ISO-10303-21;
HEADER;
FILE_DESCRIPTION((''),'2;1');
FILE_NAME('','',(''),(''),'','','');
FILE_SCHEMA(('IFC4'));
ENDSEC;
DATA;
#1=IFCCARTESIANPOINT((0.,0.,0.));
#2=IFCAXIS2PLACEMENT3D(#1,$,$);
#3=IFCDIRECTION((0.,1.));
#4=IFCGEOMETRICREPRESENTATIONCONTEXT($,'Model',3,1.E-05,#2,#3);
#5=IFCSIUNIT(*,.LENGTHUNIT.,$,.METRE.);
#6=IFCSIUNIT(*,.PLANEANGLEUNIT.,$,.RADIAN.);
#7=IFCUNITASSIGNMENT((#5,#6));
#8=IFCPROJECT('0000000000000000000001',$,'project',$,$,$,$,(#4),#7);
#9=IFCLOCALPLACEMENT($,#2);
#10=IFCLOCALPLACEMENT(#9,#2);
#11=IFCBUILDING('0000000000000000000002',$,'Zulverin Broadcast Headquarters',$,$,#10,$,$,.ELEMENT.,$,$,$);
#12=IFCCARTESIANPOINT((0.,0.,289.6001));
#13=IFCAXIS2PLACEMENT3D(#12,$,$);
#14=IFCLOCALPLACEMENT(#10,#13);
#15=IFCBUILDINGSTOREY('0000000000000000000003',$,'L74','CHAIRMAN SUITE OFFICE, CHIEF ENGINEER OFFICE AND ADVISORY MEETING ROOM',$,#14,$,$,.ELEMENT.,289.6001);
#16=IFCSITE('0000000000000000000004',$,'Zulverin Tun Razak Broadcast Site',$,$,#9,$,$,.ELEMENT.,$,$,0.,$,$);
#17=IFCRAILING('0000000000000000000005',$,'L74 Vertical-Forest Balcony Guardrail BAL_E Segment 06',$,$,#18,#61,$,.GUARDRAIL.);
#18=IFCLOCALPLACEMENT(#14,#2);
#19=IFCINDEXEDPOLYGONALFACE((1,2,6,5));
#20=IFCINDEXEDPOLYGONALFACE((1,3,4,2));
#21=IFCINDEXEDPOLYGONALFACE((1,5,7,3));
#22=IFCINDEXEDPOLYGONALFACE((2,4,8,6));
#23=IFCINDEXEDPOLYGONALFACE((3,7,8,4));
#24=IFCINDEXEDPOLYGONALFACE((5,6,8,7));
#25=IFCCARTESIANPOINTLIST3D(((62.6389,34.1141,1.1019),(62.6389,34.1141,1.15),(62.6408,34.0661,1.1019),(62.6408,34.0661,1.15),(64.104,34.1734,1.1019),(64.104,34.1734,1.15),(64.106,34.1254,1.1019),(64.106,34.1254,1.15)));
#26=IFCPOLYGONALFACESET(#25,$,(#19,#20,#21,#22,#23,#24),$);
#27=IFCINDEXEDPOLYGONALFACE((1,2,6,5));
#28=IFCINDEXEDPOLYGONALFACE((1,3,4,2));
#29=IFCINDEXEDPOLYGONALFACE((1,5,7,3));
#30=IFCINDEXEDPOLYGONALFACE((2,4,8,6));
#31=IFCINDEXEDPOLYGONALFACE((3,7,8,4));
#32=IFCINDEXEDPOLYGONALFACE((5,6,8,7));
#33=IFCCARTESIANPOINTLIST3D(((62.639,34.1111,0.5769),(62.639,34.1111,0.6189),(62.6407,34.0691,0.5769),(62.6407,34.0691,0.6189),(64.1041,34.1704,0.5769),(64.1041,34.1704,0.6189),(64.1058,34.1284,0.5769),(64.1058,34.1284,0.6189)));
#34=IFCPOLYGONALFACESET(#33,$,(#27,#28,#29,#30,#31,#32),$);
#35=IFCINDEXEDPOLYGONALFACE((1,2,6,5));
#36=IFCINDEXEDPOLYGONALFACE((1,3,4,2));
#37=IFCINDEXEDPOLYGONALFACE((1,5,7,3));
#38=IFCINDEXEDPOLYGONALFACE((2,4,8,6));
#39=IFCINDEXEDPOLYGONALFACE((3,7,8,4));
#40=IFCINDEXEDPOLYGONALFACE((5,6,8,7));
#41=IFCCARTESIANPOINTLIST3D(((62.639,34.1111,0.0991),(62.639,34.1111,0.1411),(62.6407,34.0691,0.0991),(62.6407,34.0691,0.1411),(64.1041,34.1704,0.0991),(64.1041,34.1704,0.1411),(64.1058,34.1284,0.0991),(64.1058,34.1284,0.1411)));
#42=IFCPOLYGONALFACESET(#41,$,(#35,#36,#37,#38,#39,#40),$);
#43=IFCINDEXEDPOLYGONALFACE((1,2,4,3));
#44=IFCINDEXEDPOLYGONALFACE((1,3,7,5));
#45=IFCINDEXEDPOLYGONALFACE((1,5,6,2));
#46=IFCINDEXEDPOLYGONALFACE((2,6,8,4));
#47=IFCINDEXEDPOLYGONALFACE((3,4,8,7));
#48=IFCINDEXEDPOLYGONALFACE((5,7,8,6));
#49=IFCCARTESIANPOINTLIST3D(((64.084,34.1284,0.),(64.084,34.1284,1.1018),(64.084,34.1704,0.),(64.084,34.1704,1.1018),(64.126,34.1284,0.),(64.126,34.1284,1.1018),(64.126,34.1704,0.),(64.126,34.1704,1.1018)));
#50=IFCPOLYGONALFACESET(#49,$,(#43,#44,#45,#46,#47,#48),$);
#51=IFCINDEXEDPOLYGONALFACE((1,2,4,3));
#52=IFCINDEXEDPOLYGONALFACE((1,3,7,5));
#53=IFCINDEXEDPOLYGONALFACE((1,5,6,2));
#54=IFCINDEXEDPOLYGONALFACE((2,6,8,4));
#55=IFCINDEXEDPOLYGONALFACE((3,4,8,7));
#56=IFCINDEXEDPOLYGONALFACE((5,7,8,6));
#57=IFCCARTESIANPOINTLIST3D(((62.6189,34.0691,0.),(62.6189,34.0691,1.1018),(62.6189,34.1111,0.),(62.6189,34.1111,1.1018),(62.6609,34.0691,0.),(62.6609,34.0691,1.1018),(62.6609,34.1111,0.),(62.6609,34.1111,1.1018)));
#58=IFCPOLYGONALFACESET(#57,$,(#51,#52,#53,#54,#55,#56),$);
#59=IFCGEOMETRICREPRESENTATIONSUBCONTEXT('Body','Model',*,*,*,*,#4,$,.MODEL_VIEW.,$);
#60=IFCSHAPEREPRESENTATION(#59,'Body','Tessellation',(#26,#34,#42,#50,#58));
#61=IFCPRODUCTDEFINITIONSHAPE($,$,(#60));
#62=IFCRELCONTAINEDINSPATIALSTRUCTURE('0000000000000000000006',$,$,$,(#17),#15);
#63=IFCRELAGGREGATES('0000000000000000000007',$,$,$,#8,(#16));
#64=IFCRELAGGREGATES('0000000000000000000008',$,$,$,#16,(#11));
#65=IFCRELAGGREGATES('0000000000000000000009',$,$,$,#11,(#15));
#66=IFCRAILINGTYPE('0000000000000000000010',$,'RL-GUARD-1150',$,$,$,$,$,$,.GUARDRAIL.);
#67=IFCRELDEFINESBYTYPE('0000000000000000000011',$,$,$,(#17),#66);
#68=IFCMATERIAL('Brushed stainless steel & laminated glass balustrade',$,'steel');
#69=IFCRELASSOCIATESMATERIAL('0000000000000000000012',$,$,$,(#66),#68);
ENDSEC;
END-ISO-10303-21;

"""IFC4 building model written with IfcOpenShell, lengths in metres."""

from ifc_helpers import new_model, si_unit, direction, frame, origin, origin_2d, place, context, subcontext, project, spatial, rectangle, extrude, material, type_object, element, save


model = new_model("IFC4")

# Units and contexts
model_context = context("Model", 3, precision=1e-05, world=origin(), true_north=direction((0.0, 1.0)))
body_context = subcontext(model_context, "Body", "Model", "MODEL_VIEW")
ifc_project = project(units=[si_unit("LENGTHUNIT", "METRE"), si_unit("PLANEANGLEUNIT", "RADIAN")], contexts=[model_context])

# Site, building, storey
site_placement = place(None, origin())
site = spatial("IfcSite", under=ifc_project, at=site_placement, Name="Zulverin Tun Razak Broadcast Site", CompositionType="ELEMENT", RefElevation=0.0)
building_placement = place(site_placement, origin())
building = spatial("IfcBuilding", under=site, at=building_placement, Name="Zulverin Broadcast Headquarters", CompositionType="ELEMENT")
storey_placement = place(building_placement, frame((0.0, 0.0, 289.6001)))
storey = spatial("IfcBuildingStorey", under=building, at=storey_placement, Name="L74", Description="CHAIRMAN SUITE OFFICE, CHIEF ENGINEER OFFICE AND ADVISORY MEETING ROOM", CompositionType="ELEMENT", Elevation=289.6001)

# Railing
ifc_material_1 = material(Name="Brushed stainless steel & laminated glass balustrade", Category="steel")
railing_type = type_object("IfcRailingType", Name="RL-GUARD-1150", PredefinedType="GUARDRAIL", material=ifc_material_1)
railing_1_placement = place(storey_placement, frame((64.105, 34.1494, 0.0)))
element("IfcRailing", 1, at=railing_1_placement, inside=storey, type_object=railing_type, Name="L74 Vertical-Forest Balcony Guardrail BAL_E Segment 06", PredefinedType="GUARDRAIL", context=body_context, shape_type="SweptSolid", body=[
    extrude(rectangle(XDim=0.0481, YDim=0.0481, at=origin_2d()), frame((0.0, 0.0, 1.126), z_axis=(-0.999181, -0.04046, 0.0), x_axis=(0.04046, -0.999181, 0.0)), (0.0, 0.0, 1.0), 1.4663),
    extrude(rectangle(XDim=0.042, YDim=0.042, at=origin_2d()), frame((0.0, 0.0, 0.5979), z_axis=(-0.999181, -0.04046, 0.0), x_axis=(0.04046, -0.999181, 0.0)), (0.0, 0.0, 1.0), 1.4663),
    extrude(rectangle(XDim=0.042, YDim=0.042, at=origin_2d()), frame((0.0, 0.0, 0.1201), z_axis=(-0.999181, -0.04046, 0.0), x_axis=(0.04046, -0.999181, 0.0)), (0.0, 0.0, 1.0), 1.4663),
    extrude(rectangle(XDim=0.042, YDim=0.042, at=origin_2d()), origin(), (0.0, 0.0, 1.0), 1.1018),
    extrude(rectangle(XDim=0.042, YDim=0.042, at=origin_2d()), frame((-1.4651, -0.0593, 0.0)), (0.0, 0.0, 1.0), 1.1018),
])

save(model, "model.ifc")
